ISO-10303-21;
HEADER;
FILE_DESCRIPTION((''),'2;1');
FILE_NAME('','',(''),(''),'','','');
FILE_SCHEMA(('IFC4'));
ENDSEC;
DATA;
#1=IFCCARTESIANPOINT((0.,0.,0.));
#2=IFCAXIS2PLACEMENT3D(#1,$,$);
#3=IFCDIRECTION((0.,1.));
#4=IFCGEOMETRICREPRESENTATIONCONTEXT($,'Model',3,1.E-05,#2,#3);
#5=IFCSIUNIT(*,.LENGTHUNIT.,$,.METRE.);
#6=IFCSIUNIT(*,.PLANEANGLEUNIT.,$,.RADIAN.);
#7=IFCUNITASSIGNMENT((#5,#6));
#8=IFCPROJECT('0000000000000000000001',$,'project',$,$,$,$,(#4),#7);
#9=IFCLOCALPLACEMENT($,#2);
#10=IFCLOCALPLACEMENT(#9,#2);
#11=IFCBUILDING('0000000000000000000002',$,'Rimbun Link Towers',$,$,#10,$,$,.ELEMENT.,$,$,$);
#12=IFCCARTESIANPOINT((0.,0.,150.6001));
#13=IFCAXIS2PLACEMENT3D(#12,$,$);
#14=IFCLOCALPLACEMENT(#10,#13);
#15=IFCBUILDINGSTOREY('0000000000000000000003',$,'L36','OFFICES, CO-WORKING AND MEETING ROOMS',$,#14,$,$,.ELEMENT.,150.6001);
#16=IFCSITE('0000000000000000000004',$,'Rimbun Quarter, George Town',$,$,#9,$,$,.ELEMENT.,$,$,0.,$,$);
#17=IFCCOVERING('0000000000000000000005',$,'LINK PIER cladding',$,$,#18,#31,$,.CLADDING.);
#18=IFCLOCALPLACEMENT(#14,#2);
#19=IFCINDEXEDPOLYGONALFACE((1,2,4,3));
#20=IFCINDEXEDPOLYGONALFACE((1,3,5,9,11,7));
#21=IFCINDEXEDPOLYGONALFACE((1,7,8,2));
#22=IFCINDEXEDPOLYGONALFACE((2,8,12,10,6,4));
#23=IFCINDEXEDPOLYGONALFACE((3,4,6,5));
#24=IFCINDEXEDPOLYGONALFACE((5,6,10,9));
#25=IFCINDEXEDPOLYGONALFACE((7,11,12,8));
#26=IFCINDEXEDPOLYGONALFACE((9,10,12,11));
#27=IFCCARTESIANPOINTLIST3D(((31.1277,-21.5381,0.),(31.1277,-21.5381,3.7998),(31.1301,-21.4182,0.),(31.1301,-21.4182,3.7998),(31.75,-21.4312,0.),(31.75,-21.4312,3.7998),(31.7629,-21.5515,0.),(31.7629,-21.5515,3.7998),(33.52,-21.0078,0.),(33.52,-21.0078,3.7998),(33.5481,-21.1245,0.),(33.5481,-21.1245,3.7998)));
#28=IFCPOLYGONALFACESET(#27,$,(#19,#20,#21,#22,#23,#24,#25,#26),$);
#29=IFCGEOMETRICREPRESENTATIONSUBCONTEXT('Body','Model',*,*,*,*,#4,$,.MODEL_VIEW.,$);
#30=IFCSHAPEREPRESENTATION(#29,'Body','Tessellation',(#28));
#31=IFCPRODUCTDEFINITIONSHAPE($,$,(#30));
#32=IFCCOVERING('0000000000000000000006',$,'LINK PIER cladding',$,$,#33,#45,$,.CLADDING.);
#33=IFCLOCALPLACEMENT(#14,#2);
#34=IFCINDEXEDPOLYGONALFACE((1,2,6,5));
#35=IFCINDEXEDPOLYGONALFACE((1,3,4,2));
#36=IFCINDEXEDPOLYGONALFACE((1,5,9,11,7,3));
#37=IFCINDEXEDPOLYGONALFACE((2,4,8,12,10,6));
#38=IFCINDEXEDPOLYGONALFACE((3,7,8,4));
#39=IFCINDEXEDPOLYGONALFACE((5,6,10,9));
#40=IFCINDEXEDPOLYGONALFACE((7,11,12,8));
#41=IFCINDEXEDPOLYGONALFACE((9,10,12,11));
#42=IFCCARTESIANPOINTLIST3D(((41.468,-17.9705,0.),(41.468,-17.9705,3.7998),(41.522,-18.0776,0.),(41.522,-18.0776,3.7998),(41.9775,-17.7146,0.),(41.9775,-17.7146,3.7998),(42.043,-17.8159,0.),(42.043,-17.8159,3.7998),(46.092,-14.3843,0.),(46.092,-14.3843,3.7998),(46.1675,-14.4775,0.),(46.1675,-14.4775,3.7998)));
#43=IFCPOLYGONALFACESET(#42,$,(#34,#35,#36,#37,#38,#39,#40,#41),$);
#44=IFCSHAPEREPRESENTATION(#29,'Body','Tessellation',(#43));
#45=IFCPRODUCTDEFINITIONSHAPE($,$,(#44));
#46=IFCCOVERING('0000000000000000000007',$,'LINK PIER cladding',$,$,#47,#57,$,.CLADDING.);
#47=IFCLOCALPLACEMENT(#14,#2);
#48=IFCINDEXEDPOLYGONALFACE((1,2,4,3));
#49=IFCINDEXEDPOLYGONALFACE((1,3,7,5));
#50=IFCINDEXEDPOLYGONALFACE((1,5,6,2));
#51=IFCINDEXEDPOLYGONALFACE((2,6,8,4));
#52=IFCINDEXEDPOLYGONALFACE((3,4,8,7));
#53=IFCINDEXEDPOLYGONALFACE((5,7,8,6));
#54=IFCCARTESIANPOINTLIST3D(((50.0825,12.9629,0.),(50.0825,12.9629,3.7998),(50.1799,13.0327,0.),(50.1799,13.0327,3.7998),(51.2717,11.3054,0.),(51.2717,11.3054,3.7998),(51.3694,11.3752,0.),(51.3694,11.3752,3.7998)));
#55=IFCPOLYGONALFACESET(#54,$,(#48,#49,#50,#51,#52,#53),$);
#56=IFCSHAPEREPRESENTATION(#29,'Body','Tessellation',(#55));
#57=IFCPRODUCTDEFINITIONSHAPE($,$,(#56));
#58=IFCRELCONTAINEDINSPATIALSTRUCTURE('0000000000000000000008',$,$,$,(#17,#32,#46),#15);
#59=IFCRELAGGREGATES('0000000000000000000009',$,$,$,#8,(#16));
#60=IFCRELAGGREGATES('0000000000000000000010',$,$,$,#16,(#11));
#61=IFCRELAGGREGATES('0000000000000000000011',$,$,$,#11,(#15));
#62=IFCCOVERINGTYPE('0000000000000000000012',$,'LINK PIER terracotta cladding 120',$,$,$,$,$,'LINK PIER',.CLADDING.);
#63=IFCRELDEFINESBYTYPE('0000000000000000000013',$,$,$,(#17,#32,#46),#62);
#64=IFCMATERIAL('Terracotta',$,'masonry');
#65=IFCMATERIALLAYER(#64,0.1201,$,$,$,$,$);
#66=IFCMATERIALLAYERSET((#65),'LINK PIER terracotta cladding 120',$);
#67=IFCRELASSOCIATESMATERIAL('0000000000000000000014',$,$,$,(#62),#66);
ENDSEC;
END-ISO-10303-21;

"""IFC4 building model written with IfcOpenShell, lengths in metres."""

from ifc_helpers import new_model, si_unit, direction, frame, origin, place, context, subcontext, project, spatial, polyline, outline, extrude, material, layer, layer_set, type_object, element, save


model = new_model("IFC4")

# Units and contexts
model_context = context("Model", 3, precision=1e-05, world=origin(), true_north=direction((0.0, 1.0)))
body_context = subcontext(model_context, "Body", "Model", "MODEL_VIEW")
ifc_project = project(units=[si_unit("LENGTHUNIT", "METRE"), si_unit("PLANEANGLEUNIT", "RADIAN")], contexts=[model_context])

# Site, building, storey
site_placement = place(None, origin())
site = spatial("IfcSite", under=ifc_project, at=site_placement, Name="Rimbun Quarter, George Town", CompositionType="ELEMENT", RefElevation=0.0)
building_placement = place(site_placement, origin())
building = spatial("IfcBuilding", under=site, at=building_placement, Name="Rimbun Link Towers", CompositionType="ELEMENT")
storey_placement = place(building_placement, frame((0.0, 0.0, 150.6001)))
storey = spatial("IfcBuildingStorey", under=building, at=storey_placement, Name="L36", Description="OFFICES, CO-WORKING AND MEETING ROOMS", CompositionType="ELEMENT", Elevation=150.6001)

# Coverings
ifc_material_1 = material(Name="Terracotta", Category="masonry")
ifc_layer_1 = layer(ifc_material_1, 0.1201)
ifc_layer_set_1 = layer_set([ifc_layer_1], Name="LINK PIER terracotta cladding 120")
covering_type = type_object("IfcCoveringType", Name="LINK PIER terracotta cladding 120", ElementType="LINK PIER", PredefinedType="CLADDING", material=ifc_layer_set_1)
covering_1_placement = place(storey_placement, origin())
element("IfcCovering", 1, at=covering_1_placement, inside=storey, type_object=covering_type, Name="LINK PIER cladding", PredefinedType="CLADDING", context=body_context, shape_type="SweptSolid", body=[
    extrude(outline(polyline([(33.52, -21.0078), (31.75, -21.4312), (31.1301, -21.4182), (31.1277, -21.5381), (31.7629, -21.5515), (33.5481, -21.1245), (33.52, -21.0078)])), origin(), (0.0, 0.0, 1.0), 3.7998),
])
covering_2_placement = place(storey_placement, origin())
element("IfcCovering", 2, at=covering_2_placement, inside=storey, type_object=covering_type, Name="LINK PIER cladding", PredefinedType="CLADDING", context=body_context, shape_type="SweptSolid", body=[
    extrude(outline(polyline([(46.092, -14.3843), (41.9775, -17.7146), (41.468, -17.9705), (41.522, -18.0776), (42.043, -17.8159), (46.1675, -14.4775), (46.092, -14.3843)])), origin(), (0.0, 0.0, 1.0), 3.7998),
])
covering_3_placement = place(storey_placement, origin())
element("IfcCovering", 3, at=covering_3_placement, inside=storey, type_object=covering_type, Name="LINK PIER cladding", PredefinedType="CLADDING", context=body_context, shape_type="SweptSolid", body=[
    extrude(outline(polyline([(50.0825, 12.9629), (51.2717, 11.3054), (51.3694, 11.3752), (50.1799, 13.0327), (50.0825, 12.9629)])), origin(), (0.0, 0.0, 1.0), 3.7998),
])

save(model, "model.ifc")
